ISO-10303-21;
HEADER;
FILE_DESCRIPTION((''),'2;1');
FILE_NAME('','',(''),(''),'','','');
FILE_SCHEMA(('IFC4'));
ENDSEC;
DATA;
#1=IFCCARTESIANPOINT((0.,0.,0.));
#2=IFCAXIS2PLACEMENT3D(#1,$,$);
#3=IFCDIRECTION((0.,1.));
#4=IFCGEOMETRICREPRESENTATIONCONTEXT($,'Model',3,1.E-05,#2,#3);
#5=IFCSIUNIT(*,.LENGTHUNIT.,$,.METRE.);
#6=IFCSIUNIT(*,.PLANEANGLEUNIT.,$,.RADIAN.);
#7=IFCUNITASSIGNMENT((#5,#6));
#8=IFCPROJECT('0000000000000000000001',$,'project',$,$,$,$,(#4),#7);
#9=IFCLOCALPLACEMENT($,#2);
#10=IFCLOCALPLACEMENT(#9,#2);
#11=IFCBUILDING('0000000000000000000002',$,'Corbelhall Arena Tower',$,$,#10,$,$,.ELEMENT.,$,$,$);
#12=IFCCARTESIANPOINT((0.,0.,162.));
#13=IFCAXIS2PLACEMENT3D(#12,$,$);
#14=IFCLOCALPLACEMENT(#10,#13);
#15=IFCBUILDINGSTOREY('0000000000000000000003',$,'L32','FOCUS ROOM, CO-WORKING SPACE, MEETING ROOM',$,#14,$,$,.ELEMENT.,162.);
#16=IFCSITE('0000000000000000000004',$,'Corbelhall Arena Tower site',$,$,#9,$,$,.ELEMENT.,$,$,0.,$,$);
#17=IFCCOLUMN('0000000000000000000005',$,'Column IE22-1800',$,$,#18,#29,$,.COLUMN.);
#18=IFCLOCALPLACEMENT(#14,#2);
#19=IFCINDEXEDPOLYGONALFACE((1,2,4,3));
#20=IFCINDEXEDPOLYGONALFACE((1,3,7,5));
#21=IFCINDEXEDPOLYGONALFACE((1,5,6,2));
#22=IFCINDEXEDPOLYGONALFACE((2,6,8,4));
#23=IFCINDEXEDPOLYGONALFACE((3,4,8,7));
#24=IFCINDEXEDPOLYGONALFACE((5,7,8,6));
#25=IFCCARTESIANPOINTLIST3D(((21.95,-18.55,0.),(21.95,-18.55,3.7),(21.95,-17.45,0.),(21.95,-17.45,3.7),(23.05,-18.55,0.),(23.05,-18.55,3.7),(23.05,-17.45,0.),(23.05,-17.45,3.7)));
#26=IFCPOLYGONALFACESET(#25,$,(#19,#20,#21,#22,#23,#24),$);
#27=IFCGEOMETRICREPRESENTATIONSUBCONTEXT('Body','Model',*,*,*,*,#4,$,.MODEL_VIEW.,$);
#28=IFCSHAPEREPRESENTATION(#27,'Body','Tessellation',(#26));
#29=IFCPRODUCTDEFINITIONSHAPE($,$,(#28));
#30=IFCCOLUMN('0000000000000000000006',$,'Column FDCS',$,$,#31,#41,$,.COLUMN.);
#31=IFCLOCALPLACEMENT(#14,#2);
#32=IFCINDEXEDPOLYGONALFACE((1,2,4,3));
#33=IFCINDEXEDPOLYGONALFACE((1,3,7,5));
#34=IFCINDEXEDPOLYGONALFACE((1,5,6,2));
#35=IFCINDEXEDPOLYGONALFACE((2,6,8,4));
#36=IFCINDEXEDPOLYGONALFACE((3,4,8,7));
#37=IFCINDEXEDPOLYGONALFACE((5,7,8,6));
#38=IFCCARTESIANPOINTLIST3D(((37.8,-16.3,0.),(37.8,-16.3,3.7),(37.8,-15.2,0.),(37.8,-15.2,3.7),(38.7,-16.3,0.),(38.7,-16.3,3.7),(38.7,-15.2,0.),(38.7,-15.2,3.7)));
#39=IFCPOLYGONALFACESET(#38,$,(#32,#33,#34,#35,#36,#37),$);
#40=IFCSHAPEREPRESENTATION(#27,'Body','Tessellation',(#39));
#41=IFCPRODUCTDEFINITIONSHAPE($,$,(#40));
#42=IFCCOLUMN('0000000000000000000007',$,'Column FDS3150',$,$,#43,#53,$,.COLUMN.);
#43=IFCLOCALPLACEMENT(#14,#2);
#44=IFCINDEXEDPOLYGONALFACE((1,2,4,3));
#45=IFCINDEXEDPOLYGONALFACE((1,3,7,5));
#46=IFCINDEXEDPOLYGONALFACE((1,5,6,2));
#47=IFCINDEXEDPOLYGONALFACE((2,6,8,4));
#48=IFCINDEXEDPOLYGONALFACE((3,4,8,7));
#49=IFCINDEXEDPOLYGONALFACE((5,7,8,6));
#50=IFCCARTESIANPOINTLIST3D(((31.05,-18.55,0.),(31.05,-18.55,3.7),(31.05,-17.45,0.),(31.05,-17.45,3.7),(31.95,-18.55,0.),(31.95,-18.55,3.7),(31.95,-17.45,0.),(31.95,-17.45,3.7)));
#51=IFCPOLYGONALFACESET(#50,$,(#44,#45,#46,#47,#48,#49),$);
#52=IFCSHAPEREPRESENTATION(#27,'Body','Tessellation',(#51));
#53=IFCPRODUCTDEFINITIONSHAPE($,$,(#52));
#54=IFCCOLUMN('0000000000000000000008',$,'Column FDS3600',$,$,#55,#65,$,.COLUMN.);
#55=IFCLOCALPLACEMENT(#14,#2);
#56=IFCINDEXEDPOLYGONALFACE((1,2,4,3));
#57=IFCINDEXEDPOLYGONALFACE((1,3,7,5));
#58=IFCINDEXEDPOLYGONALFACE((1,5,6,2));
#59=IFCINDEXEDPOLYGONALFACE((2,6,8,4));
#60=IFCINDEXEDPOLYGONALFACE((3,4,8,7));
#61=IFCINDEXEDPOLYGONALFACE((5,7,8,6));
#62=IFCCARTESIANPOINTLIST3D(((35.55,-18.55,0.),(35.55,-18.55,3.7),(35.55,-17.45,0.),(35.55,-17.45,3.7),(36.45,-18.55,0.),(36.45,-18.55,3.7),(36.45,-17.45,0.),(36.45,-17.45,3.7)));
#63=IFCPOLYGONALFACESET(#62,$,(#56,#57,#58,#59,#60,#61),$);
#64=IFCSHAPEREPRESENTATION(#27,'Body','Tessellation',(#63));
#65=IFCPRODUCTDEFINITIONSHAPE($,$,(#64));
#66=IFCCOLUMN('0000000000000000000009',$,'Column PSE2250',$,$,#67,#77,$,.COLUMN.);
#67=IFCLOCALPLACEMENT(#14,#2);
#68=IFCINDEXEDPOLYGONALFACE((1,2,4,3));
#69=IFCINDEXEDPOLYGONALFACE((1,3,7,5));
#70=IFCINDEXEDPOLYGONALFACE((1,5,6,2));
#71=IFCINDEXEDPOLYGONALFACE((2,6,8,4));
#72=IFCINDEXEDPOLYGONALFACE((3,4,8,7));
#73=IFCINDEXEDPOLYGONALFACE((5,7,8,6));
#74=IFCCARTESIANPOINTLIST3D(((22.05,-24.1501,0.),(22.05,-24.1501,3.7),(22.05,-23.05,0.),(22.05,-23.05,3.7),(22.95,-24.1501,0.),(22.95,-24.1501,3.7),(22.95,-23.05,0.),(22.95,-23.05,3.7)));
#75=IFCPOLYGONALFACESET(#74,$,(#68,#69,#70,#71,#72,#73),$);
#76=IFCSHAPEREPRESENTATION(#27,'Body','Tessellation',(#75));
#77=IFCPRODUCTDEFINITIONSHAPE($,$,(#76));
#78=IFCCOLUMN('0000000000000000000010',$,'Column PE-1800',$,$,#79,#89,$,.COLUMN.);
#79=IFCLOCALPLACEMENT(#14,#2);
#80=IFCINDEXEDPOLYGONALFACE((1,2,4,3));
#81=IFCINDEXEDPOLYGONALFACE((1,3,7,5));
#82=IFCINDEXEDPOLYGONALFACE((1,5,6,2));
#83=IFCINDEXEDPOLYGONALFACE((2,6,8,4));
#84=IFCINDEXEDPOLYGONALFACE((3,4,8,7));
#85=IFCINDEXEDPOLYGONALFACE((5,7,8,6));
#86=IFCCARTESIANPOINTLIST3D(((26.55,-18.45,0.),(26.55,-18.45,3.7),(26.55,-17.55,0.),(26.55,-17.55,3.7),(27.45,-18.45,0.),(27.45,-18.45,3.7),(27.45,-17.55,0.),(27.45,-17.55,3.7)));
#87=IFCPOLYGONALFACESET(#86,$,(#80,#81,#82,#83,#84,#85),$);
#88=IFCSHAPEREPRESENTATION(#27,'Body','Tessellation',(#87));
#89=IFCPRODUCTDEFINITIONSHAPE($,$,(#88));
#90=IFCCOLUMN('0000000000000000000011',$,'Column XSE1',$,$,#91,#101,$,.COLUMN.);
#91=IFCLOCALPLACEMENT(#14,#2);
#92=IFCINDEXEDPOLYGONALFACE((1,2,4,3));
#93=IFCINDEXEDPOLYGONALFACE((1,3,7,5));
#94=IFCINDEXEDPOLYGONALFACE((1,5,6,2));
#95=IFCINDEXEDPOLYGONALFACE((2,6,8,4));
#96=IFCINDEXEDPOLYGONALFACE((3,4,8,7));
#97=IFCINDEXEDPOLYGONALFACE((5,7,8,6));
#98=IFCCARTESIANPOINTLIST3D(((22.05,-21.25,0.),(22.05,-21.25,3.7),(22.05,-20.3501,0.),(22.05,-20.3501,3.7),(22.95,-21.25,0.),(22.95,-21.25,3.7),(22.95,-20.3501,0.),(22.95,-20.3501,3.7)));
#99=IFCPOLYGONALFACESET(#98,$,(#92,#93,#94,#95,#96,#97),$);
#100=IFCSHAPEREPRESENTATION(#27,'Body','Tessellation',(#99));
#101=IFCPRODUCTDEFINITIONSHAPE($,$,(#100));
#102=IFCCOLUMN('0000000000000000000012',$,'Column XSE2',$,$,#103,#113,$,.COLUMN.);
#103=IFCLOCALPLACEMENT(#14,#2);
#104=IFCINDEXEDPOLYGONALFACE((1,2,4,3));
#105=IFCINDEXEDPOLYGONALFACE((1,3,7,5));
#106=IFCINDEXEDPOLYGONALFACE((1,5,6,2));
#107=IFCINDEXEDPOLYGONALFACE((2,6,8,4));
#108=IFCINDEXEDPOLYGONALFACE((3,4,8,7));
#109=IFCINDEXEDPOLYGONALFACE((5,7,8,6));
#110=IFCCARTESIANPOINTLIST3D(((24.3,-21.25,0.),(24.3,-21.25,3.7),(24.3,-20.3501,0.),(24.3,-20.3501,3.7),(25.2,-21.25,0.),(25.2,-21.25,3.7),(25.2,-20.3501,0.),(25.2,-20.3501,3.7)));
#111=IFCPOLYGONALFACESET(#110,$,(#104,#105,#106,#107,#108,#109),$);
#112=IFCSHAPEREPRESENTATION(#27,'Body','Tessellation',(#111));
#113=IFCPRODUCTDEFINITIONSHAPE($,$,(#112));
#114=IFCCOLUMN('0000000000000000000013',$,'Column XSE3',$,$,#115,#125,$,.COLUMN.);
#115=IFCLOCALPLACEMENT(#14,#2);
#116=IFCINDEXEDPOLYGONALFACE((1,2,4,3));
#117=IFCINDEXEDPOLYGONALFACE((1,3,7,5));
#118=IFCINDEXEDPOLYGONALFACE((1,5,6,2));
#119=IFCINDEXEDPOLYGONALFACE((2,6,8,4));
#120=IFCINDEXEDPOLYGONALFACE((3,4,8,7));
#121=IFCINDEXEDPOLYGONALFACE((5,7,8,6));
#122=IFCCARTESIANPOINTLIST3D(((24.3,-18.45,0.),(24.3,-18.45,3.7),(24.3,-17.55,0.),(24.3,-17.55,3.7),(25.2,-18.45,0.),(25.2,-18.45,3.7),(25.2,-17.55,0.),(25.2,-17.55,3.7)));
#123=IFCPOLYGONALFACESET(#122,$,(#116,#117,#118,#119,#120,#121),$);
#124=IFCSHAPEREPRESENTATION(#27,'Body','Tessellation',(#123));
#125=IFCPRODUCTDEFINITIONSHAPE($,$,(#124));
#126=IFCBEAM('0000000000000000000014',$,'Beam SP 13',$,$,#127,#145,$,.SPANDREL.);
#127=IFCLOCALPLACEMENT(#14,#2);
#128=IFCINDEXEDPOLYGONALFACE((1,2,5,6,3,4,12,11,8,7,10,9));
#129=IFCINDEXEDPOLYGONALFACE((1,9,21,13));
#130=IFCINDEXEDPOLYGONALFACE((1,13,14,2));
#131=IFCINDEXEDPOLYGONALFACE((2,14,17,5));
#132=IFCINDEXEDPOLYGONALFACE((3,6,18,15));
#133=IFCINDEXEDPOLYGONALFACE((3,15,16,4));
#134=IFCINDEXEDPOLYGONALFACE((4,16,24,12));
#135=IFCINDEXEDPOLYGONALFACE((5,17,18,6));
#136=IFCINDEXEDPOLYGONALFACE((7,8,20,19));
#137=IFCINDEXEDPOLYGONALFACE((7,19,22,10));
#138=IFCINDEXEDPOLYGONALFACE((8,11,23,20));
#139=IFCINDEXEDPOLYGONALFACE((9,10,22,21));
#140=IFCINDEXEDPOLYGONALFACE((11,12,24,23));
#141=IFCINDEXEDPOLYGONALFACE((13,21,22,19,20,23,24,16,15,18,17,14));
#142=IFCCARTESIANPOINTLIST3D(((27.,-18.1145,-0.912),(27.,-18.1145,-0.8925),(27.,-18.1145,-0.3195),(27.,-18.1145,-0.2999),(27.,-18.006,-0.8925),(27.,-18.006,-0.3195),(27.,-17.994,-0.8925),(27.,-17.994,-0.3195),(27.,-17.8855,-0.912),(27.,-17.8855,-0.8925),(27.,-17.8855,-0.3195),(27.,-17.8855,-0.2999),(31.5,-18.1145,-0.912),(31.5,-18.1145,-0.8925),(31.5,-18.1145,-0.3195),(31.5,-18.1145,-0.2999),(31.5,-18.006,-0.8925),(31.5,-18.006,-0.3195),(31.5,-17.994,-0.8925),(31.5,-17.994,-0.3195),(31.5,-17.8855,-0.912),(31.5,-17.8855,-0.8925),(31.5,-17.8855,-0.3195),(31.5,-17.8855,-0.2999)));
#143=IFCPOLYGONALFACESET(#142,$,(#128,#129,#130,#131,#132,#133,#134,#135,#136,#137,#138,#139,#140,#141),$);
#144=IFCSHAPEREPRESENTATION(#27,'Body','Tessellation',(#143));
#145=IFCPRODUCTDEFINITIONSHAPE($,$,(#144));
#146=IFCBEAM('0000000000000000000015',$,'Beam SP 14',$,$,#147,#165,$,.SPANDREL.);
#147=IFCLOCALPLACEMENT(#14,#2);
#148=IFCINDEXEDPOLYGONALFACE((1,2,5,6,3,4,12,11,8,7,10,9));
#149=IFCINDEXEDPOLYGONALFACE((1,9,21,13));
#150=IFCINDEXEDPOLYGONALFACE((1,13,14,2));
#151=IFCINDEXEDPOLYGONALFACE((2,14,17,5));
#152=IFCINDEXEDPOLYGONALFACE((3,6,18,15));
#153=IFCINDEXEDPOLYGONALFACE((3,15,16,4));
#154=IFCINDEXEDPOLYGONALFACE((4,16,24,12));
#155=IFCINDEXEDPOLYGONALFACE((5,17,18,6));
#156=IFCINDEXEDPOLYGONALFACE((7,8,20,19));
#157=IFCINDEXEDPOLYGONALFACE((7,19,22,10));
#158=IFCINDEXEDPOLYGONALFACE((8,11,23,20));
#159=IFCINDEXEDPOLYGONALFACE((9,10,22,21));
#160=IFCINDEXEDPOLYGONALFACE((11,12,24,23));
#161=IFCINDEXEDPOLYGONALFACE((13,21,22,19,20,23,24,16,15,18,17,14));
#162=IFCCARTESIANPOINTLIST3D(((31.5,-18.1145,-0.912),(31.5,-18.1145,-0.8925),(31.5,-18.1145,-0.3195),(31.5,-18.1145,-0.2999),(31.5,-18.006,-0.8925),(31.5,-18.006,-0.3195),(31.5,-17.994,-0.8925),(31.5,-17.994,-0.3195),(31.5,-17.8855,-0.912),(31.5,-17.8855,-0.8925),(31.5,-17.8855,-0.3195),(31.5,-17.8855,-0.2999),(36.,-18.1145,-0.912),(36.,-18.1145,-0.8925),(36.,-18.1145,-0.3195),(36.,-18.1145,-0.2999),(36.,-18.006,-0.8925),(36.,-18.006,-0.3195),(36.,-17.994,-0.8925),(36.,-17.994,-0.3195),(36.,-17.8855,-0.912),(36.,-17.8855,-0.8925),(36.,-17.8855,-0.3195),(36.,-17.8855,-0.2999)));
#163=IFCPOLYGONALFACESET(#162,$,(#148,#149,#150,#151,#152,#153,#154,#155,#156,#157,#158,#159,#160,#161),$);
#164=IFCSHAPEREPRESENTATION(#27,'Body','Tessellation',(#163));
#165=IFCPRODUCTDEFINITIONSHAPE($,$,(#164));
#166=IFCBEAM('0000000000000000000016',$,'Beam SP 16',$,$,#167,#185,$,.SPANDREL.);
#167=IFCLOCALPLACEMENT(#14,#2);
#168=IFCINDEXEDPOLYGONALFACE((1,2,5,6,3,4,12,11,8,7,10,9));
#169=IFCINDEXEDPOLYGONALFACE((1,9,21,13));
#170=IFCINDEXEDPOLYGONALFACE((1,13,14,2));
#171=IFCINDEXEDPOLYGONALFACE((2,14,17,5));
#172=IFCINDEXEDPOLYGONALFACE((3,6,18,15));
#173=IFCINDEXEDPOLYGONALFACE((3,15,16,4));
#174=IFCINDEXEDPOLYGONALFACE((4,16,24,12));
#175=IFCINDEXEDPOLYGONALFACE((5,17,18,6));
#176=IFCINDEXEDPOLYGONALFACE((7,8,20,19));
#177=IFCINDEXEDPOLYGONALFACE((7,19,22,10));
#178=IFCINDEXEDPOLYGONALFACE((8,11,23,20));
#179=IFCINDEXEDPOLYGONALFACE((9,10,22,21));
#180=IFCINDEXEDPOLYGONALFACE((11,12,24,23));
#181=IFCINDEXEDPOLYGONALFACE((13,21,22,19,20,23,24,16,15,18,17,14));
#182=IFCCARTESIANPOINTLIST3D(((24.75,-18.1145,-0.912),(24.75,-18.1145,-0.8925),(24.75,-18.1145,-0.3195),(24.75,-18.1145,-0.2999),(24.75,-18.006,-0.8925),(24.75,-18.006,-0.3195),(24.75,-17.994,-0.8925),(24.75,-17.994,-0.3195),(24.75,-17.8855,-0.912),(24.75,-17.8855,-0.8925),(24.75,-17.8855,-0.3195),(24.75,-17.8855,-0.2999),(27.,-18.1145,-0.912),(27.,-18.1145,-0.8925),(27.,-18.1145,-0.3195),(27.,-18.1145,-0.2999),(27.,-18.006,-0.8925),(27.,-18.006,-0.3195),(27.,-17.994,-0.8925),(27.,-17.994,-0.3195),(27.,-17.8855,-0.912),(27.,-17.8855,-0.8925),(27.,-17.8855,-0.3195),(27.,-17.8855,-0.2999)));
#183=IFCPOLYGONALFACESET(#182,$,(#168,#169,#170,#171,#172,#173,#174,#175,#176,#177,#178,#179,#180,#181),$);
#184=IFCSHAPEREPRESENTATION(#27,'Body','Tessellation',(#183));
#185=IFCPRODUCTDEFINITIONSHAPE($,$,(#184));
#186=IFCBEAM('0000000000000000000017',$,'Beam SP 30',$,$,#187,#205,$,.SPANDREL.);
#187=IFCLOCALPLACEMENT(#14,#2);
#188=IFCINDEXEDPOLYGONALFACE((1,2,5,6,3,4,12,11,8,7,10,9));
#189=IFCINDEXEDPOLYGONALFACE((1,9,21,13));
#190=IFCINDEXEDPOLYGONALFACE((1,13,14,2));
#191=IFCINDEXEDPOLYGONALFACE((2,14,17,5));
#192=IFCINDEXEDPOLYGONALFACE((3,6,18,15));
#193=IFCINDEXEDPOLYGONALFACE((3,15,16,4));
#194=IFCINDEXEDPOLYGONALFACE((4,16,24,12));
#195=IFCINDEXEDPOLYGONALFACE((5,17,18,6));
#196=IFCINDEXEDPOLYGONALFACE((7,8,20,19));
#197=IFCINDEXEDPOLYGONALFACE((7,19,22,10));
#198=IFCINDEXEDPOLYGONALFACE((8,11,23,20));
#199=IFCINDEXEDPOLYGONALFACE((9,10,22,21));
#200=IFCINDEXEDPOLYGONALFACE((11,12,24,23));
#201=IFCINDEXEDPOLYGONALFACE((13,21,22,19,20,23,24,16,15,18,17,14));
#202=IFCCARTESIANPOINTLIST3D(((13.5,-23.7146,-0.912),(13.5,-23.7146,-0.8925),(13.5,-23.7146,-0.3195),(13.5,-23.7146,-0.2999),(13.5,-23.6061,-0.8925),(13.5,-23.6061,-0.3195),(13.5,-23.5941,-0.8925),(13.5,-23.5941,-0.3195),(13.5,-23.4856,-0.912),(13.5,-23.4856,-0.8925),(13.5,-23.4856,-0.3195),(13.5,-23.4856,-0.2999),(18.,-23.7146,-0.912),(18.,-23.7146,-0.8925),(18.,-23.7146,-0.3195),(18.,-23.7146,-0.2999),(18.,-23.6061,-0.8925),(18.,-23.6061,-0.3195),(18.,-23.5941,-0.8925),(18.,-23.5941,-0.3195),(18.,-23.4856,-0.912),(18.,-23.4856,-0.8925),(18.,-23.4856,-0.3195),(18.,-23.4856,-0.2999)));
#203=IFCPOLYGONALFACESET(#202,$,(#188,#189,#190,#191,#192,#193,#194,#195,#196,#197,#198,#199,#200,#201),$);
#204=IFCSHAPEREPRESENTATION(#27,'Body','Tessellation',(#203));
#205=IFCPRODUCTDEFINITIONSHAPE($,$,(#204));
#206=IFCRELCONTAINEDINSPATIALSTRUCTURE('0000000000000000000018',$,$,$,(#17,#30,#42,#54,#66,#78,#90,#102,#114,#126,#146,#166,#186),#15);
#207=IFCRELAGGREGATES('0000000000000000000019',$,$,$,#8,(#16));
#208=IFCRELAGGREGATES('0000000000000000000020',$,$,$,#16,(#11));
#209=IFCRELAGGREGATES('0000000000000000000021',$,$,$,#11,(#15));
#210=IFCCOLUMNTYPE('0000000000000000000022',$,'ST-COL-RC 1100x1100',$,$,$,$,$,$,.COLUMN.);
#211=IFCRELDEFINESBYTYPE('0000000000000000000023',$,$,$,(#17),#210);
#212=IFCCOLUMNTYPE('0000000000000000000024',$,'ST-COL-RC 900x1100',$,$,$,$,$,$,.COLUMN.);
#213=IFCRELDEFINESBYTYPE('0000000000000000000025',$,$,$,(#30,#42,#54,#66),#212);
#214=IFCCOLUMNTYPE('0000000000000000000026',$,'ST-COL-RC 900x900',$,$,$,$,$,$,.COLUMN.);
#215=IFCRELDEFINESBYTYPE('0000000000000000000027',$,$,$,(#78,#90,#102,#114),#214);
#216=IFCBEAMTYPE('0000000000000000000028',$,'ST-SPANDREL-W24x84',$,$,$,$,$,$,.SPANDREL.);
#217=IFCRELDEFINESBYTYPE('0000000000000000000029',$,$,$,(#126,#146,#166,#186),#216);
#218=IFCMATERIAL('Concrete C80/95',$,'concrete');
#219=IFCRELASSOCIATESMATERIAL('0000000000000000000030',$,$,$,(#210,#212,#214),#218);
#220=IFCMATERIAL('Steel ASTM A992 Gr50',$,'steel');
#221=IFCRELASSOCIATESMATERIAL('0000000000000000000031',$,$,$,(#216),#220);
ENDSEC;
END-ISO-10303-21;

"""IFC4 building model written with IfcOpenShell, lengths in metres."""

from ifc_helpers import new_model, si_unit, direction, frame, origin, origin_2d, place, context, subcontext, project, spatial, rectangle, i_section, extrude, material, material_profile, profile_set, type_object, element, save


model = new_model("IFC4")

# Units and contexts
model_context = context("Model", 3, precision=1e-05, world=origin(), true_north=direction((0.0, 1.0)))
body_context = subcontext(model_context, "Body", "Model", "MODEL_VIEW")
ifc_project = project(units=[si_unit("LENGTHUNIT", "METRE"), si_unit("PLANEANGLEUNIT", "RADIAN")], contexts=[model_context])

# Site, building, storey
site_placement = place(None, origin())
site = spatial("IfcSite", under=ifc_project, at=site_placement, Name="Corbelhall Arena Tower site", CompositionType="ELEMENT", RefElevation=0.0)
building_placement = place(site_placement, origin())
building = spatial("IfcBuilding", under=site, at=building_placement, Name="Corbelhall Arena Tower", CompositionType="ELEMENT")
storey_placement = place(building_placement, frame((0.0, 0.0, 162.0)))
storey = spatial("IfcBuildingStorey", under=building, at=storey_placement, Name="L32", Description="FOCUS ROOM, CO-WORKING SPACE, MEETING ROOM", CompositionType="ELEMENT", Elevation=162.0)

# Columns
ifc_material_1 = material(Name="Concrete C80/95", Category="concrete")
ifc_material_profile_1 = material_profile(ifc_material_1, rectangle(XDim=1.1001, YDim=1.1001, at=origin_2d()))
ifc_profile_set_1 = profile_set([ifc_material_profile_1], Name="Concrete C80/95")
column_type_1 = type_object("IfcColumnType", Name="ST-COL-RC 1100x1100", PredefinedType="COLUMN", material=ifc_profile_set_1)
column_placement = place(storey_placement, frame((22.5, -18.0, 0.0), z_axis=(0.0, 0.0, 1.0), x_axis=(1.0, 0.0, 0.0)))
element("IfcColumn", 1, at=column_placement, inside=storey, type_object=column_type_1, Name="Column IE22-1800", PredefinedType="COLUMN", context=body_context, shape_type="SweptSolid", body=[
    extrude(rectangle(XDim=1.1001, YDim=1.1001, at=origin_2d()), origin(), (0.0, 0.0, 1.0), 3.7),
])
ifc_material_profile_2 = material_profile(ifc_material_1, rectangle(XDim=0.8999, YDim=1.1001, at=origin_2d()))
ifc_profile_set_2 = profile_set([ifc_material_profile_2], Name="Concrete C80/95")
column_type_2 = type_object("IfcColumnType", Name="ST-COL-RC 900x1100", PredefinedType="COLUMN", material=ifc_profile_set_2)
for number, where, z_axis, x_axis, name in (
    (2, (38.25, -15.75, 0.0), (0.0, 0.0, 1.0), (1.0, 0.0, 0.0), "Column FDCS"),
    (3, (31.5, -18.0, 0.0), (0.0, 0.0, 1.0), (1.0, 0.0, 0.0), "Column FDS3150"),
    (4, (36.0, -18.0, 0.0), (0.0, 0.0, 1.0), (1.0, 0.0, 0.0), "Column FDS3600"),
    (5, (22.5, -23.6001, 0.0), (0.0, 0.0, 1.0), (1.0, 0.0, 0.0), "Column PSE2250"),
):
    element("IfcColumn", number, at=place(storey_placement, frame(where, z_axis=z_axis, x_axis=x_axis)), inside=storey, type_object=column_type_2, Name=name, PredefinedType="COLUMN", context=body_context, shape_type="SweptSolid", body=[
        extrude(rectangle(XDim=0.8999, YDim=1.1001, at=origin_2d()), origin(), (0.0, 0.0, 1.0), 3.7),
    ])
ifc_material_profile_3 = material_profile(ifc_material_1, rectangle(XDim=0.8999, YDim=0.8999, at=origin_2d()))
ifc_profile_set_3 = profile_set([ifc_material_profile_3], Name="Concrete C80/95")
column_type_3 = type_object("IfcColumnType", Name="ST-COL-RC 900x900", PredefinedType="COLUMN", material=ifc_profile_set_3)
for number, where, z_axis, x_axis, name in (
    (6, (27.0, -18.0, 0.0), (0.0, 0.0, 1.0), (1.0, 0.0, 0.0), "Column PE-1800"),
    (7, (22.5, -20.8, 0.0), (0.0, 0.0, 1.0), (1.0, 0.0, 0.0), "Column XSE1"),
    (8, (24.75, -20.8, 0.0), (0.0, 0.0, 1.0), (1.0, 0.0, 0.0), "Column XSE2"),
    (9, (24.75, -18.0, 0.0), (0.0, 0.0, 1.0), (1.0, 0.0, 0.0), "Column XSE3"),
):
    element("IfcColumn", number, at=place(storey_placement, frame(where, z_axis=z_axis, x_axis=x_axis)), inside=storey, type_object=column_type_3, Name=name, PredefinedType="COLUMN", context=body_context, shape_type="SweptSolid", body=[
        extrude(rectangle(XDim=0.8999, YDim=0.8999, at=origin_2d()), origin(), (0.0, 0.0, 1.0), 3.7),
    ])

# Beams
ifc_material_2 = material(Name="Steel ASTM A992 Gr50", Category="steel")
ifc_material_profile_4 = material_profile(ifc_material_2, i_section(OverallWidth=0.229, OverallDepth=0.6121, WebThickness=0.012, FlangeThickness=0.0195, at=origin_2d()))
ifc_profile_set_4 = profile_set([ifc_material_profile_4], Name="Steel ASTM A992 Gr50")
beam_type = type_object("IfcBeamType", Name="ST-SPANDREL-W24x84", PredefinedType="SPANDREL", material=ifc_profile_set_4)
for number, where, z_axis, x_axis, name in (
    (10, (31.5, -18.0, -0.606), (-1.0, 0.0, 0.0), (0.0, -1.0, 0.0), "Beam SP 13"),
    (11, (36.0, -18.0, -0.606), (-1.0, 0.0, 0.0), (0.0, -1.0, 0.0), "Beam SP 14"),
):
    element("IfcBeam", number, at=place(storey_placement, frame(where, z_axis=z_axis, x_axis=x_axis)), inside=storey, type_object=beam_type, Name=name, PredefinedType="SPANDREL", context=body_context, shape_type="SweptSolid", body=[
        extrude(i_section(OverallWidth=0.229, OverallDepth=0.6121, WebThickness=0.012, FlangeThickness=0.0195, at=origin_2d()), origin(), (0.0, 0.0, 1.0), 4.5),
    ])
beam_1_placement = place(storey_placement, frame((27.0, -18.0, -0.606), z_axis=(-1.0, 0.0, 0.0), x_axis=(0.0, -1.0, 0.0)))
element("IfcBeam", 12, at=beam_1_placement, inside=storey, type_object=beam_type, Name="Beam SP 16", PredefinedType="SPANDREL", context=body_context, shape_type="SweptSolid", body=[
    extrude(i_section(OverallWidth=0.229, OverallDepth=0.6121, WebThickness=0.012, FlangeThickness=0.0195, at=origin_2d()), origin(), (0.0, 0.0, 1.0), 2.25),
])
for number, where, z_axis, x_axis, name in (
    (13, (18.0, -23.6001, -0.606), (-1.0, 0.0, 0.0), (0.0, -1.0, 0.0), "Beam SP 30"),
):
    element("IfcBeam", number, at=place(storey_placement, frame(where, z_axis=z_axis, x_axis=x_axis)), inside=storey, type_object=beam_type, Name=name, PredefinedType="SPANDREL", context=body_context, shape_type="SweptSolid", body=[
        extrude(i_section(OverallWidth=0.229, OverallDepth=0.6121, WebThickness=0.012, FlangeThickness=0.0195, at=origin_2d()), origin(), (0.0, 0.0, 1.0), 4.5),
    ])

save(model, "model.ifc")
